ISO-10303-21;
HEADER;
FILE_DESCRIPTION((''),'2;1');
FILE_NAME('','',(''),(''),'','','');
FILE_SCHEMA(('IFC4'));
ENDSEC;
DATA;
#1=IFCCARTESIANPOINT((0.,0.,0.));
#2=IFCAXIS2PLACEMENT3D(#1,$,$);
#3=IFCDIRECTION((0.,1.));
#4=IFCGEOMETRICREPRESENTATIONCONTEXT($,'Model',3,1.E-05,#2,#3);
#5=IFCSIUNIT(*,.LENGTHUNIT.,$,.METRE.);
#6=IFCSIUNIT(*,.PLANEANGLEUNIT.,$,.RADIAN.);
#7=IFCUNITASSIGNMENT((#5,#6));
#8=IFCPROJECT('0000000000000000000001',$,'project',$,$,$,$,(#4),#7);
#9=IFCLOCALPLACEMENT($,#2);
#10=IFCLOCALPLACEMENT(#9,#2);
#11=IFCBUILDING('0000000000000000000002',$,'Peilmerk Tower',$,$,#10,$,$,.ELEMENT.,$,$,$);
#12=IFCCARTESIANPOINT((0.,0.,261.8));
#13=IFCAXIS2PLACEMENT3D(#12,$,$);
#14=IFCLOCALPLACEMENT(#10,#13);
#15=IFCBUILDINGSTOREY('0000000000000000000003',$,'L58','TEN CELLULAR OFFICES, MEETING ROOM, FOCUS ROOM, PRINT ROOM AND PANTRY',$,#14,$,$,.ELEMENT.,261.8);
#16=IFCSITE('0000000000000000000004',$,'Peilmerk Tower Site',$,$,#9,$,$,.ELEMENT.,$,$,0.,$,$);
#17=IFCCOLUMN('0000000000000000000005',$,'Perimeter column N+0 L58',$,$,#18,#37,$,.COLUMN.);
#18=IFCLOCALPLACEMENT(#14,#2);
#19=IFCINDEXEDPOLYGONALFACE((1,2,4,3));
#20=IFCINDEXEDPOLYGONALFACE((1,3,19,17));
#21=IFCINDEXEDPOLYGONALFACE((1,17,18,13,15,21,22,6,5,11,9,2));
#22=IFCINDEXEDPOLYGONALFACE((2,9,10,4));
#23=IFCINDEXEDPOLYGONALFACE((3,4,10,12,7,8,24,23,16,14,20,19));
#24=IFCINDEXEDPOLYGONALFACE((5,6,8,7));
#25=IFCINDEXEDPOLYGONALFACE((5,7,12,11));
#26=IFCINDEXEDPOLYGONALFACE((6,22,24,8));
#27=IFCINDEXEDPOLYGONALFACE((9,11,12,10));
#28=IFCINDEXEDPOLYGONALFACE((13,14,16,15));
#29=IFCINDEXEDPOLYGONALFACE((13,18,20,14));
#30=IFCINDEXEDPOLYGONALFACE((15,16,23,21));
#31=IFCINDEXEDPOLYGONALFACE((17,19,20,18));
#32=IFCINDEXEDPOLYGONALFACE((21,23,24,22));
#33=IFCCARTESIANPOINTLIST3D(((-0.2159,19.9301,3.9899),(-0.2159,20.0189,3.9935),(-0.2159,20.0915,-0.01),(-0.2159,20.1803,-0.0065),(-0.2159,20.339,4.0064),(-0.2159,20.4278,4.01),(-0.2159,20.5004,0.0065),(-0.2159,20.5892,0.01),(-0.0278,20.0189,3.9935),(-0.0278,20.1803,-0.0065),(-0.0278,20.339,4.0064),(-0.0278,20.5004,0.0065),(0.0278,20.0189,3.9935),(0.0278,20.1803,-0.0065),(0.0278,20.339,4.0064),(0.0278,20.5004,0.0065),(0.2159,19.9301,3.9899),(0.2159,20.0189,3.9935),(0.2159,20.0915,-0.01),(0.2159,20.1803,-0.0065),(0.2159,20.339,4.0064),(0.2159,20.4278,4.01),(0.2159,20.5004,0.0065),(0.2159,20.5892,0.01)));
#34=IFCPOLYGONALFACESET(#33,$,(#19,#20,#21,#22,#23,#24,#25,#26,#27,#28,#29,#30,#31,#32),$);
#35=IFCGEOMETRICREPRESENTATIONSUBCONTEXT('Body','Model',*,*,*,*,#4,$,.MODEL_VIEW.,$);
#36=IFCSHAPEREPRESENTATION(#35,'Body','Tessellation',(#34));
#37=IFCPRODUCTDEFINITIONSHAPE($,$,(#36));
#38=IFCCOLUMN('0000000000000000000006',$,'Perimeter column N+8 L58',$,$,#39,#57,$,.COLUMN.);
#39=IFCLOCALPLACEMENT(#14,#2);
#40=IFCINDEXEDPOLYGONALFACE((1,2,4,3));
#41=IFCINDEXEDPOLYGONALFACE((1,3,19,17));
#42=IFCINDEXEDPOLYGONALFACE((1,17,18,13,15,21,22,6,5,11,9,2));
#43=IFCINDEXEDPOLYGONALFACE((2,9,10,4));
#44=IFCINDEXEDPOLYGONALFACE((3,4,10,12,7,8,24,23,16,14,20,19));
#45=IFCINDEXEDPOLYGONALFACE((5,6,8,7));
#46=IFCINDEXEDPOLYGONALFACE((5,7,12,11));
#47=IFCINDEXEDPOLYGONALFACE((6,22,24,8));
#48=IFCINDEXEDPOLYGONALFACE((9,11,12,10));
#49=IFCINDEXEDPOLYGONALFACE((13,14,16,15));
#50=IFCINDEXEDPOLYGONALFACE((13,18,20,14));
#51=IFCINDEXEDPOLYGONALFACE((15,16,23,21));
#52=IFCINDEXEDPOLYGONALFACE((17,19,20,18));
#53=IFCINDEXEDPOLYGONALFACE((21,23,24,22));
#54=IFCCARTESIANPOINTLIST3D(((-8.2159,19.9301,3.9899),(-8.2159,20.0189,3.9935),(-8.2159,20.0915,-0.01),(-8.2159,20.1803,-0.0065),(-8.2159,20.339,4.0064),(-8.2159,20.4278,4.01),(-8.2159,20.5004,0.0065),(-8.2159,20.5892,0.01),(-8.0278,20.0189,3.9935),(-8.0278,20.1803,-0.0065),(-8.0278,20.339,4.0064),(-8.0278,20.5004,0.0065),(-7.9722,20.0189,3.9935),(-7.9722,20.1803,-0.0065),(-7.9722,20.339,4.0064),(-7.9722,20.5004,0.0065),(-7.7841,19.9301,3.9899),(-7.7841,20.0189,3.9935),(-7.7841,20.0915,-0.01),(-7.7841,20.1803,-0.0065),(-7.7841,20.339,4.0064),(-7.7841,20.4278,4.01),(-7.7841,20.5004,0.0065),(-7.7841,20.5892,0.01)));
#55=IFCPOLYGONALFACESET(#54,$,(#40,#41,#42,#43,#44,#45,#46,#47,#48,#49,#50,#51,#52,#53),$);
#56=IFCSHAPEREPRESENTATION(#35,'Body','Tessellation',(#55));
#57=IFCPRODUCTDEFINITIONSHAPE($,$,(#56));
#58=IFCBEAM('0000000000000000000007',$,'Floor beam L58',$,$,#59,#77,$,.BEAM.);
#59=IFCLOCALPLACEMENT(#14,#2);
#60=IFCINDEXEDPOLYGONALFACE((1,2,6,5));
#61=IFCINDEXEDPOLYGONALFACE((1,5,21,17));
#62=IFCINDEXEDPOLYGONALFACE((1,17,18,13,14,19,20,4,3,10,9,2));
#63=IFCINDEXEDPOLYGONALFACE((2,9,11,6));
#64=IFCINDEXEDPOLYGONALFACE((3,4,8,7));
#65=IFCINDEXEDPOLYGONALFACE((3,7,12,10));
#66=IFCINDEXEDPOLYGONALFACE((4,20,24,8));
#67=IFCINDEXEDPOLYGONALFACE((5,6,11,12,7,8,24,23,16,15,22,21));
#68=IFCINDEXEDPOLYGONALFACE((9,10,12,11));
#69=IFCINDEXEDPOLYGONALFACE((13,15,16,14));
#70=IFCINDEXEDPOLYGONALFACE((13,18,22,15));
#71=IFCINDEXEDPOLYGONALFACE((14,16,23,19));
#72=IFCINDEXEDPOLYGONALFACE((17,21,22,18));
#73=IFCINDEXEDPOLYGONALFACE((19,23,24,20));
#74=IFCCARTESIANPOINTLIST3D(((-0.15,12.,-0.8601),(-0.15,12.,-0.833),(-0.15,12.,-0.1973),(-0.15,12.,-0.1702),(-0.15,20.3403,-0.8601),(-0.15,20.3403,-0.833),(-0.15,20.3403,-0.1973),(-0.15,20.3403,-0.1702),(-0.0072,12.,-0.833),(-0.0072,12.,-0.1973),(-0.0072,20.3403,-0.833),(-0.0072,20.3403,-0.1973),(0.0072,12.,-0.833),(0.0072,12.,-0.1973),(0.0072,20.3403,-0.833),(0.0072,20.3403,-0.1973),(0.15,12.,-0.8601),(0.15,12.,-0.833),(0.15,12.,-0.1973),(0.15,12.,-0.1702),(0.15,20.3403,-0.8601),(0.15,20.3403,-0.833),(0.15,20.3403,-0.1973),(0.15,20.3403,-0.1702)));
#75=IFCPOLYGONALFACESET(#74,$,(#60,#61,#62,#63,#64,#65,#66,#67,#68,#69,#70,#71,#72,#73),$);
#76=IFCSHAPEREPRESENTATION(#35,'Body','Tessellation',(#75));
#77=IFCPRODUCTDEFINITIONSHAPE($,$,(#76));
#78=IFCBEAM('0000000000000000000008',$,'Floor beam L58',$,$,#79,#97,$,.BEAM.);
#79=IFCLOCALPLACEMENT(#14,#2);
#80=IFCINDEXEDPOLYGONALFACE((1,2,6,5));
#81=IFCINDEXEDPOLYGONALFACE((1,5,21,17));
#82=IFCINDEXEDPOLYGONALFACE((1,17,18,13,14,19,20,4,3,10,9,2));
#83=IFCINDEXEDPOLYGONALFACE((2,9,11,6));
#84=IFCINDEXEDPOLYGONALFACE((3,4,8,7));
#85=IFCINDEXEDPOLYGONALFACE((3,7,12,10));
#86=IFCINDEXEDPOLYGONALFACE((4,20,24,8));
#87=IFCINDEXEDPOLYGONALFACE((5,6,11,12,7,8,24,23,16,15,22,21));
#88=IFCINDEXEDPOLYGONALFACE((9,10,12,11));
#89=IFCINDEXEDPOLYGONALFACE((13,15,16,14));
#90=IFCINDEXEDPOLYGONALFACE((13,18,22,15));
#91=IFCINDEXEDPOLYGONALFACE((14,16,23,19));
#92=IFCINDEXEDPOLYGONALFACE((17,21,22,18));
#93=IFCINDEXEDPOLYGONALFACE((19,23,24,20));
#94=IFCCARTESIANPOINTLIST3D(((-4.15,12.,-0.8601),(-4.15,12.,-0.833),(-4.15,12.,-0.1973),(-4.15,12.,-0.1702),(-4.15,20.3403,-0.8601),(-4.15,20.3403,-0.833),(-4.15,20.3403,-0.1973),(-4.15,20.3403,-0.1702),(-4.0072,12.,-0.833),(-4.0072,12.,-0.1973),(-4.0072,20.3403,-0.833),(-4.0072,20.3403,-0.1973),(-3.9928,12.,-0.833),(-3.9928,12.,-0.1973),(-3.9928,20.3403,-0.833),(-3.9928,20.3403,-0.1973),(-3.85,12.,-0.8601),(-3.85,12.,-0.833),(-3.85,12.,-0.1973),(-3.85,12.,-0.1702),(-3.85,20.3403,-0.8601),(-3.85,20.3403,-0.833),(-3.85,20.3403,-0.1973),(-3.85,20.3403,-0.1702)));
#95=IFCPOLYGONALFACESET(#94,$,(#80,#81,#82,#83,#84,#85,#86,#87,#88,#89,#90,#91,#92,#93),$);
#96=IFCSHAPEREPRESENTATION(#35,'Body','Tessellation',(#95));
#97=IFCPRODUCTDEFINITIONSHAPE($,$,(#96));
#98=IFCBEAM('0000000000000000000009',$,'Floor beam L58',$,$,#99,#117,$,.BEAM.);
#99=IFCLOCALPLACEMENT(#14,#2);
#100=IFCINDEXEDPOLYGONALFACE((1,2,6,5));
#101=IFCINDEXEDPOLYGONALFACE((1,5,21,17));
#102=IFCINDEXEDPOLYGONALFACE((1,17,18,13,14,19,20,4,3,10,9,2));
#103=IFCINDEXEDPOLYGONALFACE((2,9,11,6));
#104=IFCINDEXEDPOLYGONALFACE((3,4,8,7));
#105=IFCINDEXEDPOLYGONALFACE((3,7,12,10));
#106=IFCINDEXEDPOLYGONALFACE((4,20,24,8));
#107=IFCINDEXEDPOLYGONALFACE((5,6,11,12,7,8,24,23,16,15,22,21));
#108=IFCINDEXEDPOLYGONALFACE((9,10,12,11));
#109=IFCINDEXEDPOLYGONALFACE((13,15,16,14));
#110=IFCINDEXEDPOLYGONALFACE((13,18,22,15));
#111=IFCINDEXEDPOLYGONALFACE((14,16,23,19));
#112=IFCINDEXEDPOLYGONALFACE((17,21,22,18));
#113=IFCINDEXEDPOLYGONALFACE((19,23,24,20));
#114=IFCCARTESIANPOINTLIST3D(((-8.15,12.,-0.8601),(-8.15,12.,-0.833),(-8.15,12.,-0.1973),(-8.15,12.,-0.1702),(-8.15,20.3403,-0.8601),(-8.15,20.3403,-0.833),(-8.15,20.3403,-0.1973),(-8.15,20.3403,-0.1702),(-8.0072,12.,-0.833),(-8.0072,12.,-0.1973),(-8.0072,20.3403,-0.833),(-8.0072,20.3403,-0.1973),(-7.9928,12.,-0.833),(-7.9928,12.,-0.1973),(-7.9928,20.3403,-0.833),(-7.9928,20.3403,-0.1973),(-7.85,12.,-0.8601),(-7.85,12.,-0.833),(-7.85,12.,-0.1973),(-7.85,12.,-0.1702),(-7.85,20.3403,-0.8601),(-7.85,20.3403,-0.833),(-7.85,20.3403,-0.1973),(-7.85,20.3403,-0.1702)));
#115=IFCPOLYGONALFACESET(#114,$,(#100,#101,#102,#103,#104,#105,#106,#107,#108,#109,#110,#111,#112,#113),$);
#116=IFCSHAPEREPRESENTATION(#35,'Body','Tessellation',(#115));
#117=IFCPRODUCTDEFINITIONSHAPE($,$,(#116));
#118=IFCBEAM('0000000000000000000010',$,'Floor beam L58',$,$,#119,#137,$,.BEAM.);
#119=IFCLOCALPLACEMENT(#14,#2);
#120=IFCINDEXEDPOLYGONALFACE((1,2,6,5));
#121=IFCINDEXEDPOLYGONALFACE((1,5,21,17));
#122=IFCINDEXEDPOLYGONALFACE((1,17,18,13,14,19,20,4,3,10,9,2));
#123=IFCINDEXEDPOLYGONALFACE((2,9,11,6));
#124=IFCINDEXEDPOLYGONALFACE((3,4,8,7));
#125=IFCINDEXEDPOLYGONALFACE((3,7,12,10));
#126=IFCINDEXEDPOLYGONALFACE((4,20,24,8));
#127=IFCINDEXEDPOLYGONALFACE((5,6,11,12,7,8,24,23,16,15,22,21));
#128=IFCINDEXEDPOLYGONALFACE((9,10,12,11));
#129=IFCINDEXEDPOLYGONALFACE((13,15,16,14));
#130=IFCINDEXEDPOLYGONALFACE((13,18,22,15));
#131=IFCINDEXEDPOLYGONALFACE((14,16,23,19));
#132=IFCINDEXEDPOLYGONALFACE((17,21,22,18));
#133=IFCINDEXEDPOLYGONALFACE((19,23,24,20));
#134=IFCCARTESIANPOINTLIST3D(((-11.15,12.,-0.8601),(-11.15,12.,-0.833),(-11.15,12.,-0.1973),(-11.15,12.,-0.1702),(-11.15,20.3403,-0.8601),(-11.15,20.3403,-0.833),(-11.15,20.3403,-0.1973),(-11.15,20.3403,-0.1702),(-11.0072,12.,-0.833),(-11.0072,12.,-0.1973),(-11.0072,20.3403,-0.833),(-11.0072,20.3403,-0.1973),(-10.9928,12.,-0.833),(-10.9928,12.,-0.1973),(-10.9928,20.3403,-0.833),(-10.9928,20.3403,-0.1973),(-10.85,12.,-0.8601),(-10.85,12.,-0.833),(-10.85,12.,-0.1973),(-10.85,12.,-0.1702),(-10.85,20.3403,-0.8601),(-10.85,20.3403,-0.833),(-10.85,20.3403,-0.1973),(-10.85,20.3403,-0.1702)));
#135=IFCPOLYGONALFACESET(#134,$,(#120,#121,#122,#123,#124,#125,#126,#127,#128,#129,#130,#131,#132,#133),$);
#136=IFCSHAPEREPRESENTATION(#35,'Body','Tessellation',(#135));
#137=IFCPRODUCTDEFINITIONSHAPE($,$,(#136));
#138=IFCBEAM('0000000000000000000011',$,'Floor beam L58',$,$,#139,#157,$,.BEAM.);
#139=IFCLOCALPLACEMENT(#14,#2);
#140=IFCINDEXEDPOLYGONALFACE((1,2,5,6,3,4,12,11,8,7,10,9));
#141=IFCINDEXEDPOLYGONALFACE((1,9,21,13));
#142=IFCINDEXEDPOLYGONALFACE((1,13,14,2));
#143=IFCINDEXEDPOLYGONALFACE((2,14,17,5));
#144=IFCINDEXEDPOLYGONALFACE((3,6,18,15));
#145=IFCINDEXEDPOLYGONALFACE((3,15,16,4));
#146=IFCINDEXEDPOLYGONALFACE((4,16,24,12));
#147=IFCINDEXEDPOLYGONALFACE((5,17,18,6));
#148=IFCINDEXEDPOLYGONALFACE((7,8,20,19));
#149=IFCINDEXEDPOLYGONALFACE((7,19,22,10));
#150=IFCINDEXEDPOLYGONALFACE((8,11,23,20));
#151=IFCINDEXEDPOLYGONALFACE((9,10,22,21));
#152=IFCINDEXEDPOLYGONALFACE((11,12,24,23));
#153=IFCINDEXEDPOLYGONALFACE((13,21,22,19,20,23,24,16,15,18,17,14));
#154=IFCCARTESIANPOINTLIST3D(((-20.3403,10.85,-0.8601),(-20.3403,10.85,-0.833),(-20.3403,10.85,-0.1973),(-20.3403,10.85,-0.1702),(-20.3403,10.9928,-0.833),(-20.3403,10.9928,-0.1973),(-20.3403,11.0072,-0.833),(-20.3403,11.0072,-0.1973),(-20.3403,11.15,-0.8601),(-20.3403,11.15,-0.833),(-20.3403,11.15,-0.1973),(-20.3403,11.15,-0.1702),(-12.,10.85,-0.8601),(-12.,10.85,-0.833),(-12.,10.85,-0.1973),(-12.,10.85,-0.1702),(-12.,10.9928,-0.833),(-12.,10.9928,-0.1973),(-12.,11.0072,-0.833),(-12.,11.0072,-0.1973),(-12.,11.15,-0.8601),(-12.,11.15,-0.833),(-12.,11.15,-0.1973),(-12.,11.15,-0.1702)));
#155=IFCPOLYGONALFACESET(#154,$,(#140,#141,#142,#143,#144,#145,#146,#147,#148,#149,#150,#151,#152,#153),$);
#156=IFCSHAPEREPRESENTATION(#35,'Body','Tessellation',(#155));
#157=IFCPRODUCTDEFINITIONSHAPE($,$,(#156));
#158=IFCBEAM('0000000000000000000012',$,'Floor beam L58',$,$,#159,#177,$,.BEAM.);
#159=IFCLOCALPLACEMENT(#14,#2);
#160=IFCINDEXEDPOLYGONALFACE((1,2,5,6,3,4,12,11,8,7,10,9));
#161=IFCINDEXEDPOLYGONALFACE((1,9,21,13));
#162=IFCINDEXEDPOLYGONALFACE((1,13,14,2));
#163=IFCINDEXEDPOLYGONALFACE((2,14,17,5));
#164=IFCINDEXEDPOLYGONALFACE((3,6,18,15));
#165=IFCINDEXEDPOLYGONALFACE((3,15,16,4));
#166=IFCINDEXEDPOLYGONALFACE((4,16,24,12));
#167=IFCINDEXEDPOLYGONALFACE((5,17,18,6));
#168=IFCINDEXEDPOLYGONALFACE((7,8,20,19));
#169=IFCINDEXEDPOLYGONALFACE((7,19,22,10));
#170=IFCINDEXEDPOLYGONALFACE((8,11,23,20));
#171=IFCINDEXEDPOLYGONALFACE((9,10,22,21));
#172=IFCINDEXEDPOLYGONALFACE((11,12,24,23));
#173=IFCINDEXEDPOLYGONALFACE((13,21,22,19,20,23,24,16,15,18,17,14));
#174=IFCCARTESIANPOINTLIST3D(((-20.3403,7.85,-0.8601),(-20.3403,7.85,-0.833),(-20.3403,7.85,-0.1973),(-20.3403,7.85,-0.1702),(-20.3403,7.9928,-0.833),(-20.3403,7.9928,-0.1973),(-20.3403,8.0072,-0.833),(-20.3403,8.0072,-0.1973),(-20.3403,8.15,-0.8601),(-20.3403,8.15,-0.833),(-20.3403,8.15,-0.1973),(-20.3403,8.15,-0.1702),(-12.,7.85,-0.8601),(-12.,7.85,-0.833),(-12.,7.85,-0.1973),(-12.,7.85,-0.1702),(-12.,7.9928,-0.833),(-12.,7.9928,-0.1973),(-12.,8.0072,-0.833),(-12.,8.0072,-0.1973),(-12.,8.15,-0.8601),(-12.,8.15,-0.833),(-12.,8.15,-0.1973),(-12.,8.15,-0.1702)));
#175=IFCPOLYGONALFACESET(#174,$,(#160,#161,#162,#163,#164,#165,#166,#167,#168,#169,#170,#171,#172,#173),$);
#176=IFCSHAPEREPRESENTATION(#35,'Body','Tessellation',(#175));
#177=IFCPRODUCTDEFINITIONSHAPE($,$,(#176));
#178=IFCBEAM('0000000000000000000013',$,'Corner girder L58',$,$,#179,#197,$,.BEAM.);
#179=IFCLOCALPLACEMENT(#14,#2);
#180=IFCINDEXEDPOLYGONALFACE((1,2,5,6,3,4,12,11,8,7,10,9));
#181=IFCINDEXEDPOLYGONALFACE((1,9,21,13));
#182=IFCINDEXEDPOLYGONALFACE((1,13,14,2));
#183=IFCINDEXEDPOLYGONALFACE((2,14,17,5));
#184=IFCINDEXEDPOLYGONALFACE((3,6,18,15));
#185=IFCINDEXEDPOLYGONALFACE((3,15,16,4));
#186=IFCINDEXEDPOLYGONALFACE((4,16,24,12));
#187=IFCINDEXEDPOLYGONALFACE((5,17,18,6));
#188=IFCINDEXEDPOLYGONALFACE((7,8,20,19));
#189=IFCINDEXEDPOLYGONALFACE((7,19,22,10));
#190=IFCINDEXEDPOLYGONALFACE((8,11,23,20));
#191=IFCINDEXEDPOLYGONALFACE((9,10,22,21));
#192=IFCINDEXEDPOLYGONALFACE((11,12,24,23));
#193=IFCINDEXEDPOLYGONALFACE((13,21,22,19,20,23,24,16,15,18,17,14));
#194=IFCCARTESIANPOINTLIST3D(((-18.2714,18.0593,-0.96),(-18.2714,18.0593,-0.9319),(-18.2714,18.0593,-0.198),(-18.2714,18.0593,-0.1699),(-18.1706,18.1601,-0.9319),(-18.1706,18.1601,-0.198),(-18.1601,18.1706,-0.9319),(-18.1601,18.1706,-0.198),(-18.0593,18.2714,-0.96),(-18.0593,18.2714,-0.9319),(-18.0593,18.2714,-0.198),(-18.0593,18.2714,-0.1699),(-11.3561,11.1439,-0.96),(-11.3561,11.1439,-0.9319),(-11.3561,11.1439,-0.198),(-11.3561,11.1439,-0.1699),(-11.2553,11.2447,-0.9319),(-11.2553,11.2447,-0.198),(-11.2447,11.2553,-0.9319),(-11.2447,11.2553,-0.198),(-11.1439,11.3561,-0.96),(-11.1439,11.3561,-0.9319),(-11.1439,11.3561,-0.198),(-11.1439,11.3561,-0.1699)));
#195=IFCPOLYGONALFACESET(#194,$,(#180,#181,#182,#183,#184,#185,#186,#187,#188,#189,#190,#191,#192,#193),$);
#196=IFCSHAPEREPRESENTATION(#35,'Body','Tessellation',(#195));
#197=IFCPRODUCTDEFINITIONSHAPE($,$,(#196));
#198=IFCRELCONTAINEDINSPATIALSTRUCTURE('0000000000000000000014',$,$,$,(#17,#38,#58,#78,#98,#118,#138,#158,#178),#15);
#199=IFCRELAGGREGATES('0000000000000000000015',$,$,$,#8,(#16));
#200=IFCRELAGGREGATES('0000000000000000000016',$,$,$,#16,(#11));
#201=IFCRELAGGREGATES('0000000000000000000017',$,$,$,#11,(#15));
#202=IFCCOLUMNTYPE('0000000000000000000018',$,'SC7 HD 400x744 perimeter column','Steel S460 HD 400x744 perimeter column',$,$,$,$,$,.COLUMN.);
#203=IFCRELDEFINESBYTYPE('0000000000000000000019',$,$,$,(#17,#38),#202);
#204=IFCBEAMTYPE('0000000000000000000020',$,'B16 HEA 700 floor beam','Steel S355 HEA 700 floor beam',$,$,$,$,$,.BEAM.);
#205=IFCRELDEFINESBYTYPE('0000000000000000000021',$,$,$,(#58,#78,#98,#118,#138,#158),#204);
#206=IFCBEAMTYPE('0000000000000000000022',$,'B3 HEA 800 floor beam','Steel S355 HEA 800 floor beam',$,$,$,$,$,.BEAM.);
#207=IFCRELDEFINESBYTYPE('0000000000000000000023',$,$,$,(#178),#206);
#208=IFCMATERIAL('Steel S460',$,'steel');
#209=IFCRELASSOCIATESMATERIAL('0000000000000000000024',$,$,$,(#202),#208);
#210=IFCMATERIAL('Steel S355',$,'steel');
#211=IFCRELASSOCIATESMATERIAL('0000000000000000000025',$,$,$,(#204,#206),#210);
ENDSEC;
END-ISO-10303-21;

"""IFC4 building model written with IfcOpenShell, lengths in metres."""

from ifc_helpers import new_model, si_unit, direction, frame, origin, origin_2d, place, context, subcontext, project, spatial, i_section, extrude, material, material_profile, profile_set, type_object, element, save


model = new_model("IFC4")

# Units and contexts
model_context = context("Model", 3, precision=1e-05, world=origin(), true_north=direction((0.0, 1.0)))
body_context = subcontext(model_context, "Body", "Model", "MODEL_VIEW")
ifc_project = project(units=[si_unit("LENGTHUNIT", "METRE"), si_unit("PLANEANGLEUNIT", "RADIAN")], contexts=[model_context])

# Site, building, storey
site_placement = place(None, origin())
site = spatial("IfcSite", under=ifc_project, at=site_placement, Name="Peilmerk Tower Site", CompositionType="ELEMENT", RefElevation=0.0)
building_placement = place(site_placement, origin())
building = spatial("IfcBuilding", under=site, at=building_placement, Name="Peilmerk Tower", CompositionType="ELEMENT")
storey_placement = place(building_placement, frame((0.0, 0.0, 261.8)))
storey = spatial("IfcBuildingStorey", under=building, at=storey_placement, Name="L58", Description="TEN CELLULAR OFFICES, MEETING ROOM, FOCUS ROOM, PRINT ROOM AND PANTRY", CompositionType="ELEMENT", Elevation=261.8)

# Columns
ifc_material_1 = material(Name="Steel S460", Category="steel")
ifc_material_profile_1 = material_profile(ifc_material_1, i_section(OverallWidth=0.4319, OverallDepth=0.498, WebThickness=0.0557, FlangeThickness=0.0889, at=origin_2d()), Name="HD 400x744")
ifc_profile_set_1 = profile_set([ifc_material_profile_1], Name="Steel S460")
column_type = type_object("IfcColumnType", Name="SC7 HD 400x744 perimeter column", Description="Steel S460 HD 400x744 perimeter column", PredefinedType="COLUMN", material=ifc_profile_set_1)
for number, where, z_axis, x_axis, name in (
    (1, (0.0, 20.3403, 0.0), (0.0, -0.040311, 0.999187), (1.0, 0.0, 0.0), "Perimeter column N+0 L58"),
    (2, (-8.0, 20.3403, 0.0), (0.0, -0.040311, 0.999187), (1.0, 0.0, 0.0), "Perimeter column N+8 L58"),
):
    element("IfcColumn", number, at=place(storey_placement, frame(where, z_axis=z_axis, x_axis=x_axis)), inside=storey, type_object=column_type, Name=name, PredefinedType="COLUMN", context=body_context, shape_type="SweptSolid", body=[
        extrude(i_section(OverallWidth=0.4319, OverallDepth=0.498, WebThickness=0.0557, FlangeThickness=0.0889, at=origin_2d()), origin(), (0.0, 0.0, 1.0), 4.0032),
    ])

# Beams
ifc_material_2 = material(Name="Steel S355", Category="steel")
ifc_material_profile_2 = material_profile(ifc_material_2, i_section(OverallWidth=0.3, OverallDepth=0.6899, WebThickness=0.0144, FlangeThickness=0.0271, at=origin_2d()), Name="HEA 700")
ifc_profile_set_2 = profile_set([ifc_material_profile_2], Name="Steel S355")
beam_type_1 = type_object("IfcBeamType", Name="B16 HEA 700 floor beam", Description="Steel S355 HEA 700 floor beam", PredefinedType="BEAM", material=ifc_profile_set_2)
for number, where, z_axis, x_axis, name in (
    (3, (0.0, 12.0, -0.5151), (0.0, 1.0, 0.0), (-1.0, 0.0, 0.0), "Floor beam L58"),
    (4, (-4.0, 12.0, -0.5151), (0.0, 1.0, 0.0), (-1.0, 0.0, 0.0), "Floor beam L58"),
    (5, (-8.0, 12.0, -0.5151), (0.0, 1.0, 0.0), (-1.0, 0.0, 0.0), "Floor beam L58"),
    (6, (-11.0, 12.0, -0.5151), (0.0, 1.0, 0.0), (-1.0, 0.0, 0.0), "Floor beam L58"),
    (7, (-12.0, 11.0, -0.5151), (-1.0, 0.0, 0.0), (0.0, -1.0, 0.0), "Floor beam L58"),
    (8, (-12.0, 8.0, -0.5151), (-1.0, 0.0, 0.0), (0.0, -1.0, 0.0), "Floor beam L58"),
):
    element("IfcBeam", number, at=place(storey_placement, frame(where, z_axis=z_axis, x_axis=x_axis)), inside=storey, type_object=beam_type_1, Name=name, PredefinedType="BEAM", context=body_context, shape_type="SweptSolid", body=[
        extrude(i_section(OverallWidth=0.3, OverallDepth=0.6899, WebThickness=0.0144, FlangeThickness=0.0271, at=origin_2d()), origin(), (0.0, 0.0, 1.0), 8.3403),
    ])
ifc_material_profile_3 = material_profile(ifc_material_2, i_section(OverallWidth=0.3, OverallDepth=0.79, WebThickness=0.0149, FlangeThickness=0.0281, at=origin_2d()), Name="HEA 800")
ifc_profile_set_3 = profile_set([ifc_material_profile_3], Name="Steel S355")
beam_type_2 = type_object("IfcBeamType", Name="B3 HEA 800 floor beam", Description="Steel S355 HEA 800 floor beam", PredefinedType="BEAM", material=ifc_profile_set_3)
beam_1_placement = place(storey_placement, frame((-11.25, 11.25, -0.5649), z_axis=(-0.707107, 0.707107, 0.0), x_axis=(-0.707107, -0.707107, 0.0)))
element("IfcBeam", 9, at=beam_1_placement, inside=storey, type_object=beam_type_2, Name="Corner girder L58", PredefinedType="BEAM", context=body_context, shape_type="SweptSolid", body=[
    extrude(i_section(OverallWidth=0.3, OverallDepth=0.79, WebThickness=0.0149, FlangeThickness=0.0281, at=origin_2d()), origin(), (0.0, 0.0, 1.0), 9.7798),
])

save(model, "model.ifc")
